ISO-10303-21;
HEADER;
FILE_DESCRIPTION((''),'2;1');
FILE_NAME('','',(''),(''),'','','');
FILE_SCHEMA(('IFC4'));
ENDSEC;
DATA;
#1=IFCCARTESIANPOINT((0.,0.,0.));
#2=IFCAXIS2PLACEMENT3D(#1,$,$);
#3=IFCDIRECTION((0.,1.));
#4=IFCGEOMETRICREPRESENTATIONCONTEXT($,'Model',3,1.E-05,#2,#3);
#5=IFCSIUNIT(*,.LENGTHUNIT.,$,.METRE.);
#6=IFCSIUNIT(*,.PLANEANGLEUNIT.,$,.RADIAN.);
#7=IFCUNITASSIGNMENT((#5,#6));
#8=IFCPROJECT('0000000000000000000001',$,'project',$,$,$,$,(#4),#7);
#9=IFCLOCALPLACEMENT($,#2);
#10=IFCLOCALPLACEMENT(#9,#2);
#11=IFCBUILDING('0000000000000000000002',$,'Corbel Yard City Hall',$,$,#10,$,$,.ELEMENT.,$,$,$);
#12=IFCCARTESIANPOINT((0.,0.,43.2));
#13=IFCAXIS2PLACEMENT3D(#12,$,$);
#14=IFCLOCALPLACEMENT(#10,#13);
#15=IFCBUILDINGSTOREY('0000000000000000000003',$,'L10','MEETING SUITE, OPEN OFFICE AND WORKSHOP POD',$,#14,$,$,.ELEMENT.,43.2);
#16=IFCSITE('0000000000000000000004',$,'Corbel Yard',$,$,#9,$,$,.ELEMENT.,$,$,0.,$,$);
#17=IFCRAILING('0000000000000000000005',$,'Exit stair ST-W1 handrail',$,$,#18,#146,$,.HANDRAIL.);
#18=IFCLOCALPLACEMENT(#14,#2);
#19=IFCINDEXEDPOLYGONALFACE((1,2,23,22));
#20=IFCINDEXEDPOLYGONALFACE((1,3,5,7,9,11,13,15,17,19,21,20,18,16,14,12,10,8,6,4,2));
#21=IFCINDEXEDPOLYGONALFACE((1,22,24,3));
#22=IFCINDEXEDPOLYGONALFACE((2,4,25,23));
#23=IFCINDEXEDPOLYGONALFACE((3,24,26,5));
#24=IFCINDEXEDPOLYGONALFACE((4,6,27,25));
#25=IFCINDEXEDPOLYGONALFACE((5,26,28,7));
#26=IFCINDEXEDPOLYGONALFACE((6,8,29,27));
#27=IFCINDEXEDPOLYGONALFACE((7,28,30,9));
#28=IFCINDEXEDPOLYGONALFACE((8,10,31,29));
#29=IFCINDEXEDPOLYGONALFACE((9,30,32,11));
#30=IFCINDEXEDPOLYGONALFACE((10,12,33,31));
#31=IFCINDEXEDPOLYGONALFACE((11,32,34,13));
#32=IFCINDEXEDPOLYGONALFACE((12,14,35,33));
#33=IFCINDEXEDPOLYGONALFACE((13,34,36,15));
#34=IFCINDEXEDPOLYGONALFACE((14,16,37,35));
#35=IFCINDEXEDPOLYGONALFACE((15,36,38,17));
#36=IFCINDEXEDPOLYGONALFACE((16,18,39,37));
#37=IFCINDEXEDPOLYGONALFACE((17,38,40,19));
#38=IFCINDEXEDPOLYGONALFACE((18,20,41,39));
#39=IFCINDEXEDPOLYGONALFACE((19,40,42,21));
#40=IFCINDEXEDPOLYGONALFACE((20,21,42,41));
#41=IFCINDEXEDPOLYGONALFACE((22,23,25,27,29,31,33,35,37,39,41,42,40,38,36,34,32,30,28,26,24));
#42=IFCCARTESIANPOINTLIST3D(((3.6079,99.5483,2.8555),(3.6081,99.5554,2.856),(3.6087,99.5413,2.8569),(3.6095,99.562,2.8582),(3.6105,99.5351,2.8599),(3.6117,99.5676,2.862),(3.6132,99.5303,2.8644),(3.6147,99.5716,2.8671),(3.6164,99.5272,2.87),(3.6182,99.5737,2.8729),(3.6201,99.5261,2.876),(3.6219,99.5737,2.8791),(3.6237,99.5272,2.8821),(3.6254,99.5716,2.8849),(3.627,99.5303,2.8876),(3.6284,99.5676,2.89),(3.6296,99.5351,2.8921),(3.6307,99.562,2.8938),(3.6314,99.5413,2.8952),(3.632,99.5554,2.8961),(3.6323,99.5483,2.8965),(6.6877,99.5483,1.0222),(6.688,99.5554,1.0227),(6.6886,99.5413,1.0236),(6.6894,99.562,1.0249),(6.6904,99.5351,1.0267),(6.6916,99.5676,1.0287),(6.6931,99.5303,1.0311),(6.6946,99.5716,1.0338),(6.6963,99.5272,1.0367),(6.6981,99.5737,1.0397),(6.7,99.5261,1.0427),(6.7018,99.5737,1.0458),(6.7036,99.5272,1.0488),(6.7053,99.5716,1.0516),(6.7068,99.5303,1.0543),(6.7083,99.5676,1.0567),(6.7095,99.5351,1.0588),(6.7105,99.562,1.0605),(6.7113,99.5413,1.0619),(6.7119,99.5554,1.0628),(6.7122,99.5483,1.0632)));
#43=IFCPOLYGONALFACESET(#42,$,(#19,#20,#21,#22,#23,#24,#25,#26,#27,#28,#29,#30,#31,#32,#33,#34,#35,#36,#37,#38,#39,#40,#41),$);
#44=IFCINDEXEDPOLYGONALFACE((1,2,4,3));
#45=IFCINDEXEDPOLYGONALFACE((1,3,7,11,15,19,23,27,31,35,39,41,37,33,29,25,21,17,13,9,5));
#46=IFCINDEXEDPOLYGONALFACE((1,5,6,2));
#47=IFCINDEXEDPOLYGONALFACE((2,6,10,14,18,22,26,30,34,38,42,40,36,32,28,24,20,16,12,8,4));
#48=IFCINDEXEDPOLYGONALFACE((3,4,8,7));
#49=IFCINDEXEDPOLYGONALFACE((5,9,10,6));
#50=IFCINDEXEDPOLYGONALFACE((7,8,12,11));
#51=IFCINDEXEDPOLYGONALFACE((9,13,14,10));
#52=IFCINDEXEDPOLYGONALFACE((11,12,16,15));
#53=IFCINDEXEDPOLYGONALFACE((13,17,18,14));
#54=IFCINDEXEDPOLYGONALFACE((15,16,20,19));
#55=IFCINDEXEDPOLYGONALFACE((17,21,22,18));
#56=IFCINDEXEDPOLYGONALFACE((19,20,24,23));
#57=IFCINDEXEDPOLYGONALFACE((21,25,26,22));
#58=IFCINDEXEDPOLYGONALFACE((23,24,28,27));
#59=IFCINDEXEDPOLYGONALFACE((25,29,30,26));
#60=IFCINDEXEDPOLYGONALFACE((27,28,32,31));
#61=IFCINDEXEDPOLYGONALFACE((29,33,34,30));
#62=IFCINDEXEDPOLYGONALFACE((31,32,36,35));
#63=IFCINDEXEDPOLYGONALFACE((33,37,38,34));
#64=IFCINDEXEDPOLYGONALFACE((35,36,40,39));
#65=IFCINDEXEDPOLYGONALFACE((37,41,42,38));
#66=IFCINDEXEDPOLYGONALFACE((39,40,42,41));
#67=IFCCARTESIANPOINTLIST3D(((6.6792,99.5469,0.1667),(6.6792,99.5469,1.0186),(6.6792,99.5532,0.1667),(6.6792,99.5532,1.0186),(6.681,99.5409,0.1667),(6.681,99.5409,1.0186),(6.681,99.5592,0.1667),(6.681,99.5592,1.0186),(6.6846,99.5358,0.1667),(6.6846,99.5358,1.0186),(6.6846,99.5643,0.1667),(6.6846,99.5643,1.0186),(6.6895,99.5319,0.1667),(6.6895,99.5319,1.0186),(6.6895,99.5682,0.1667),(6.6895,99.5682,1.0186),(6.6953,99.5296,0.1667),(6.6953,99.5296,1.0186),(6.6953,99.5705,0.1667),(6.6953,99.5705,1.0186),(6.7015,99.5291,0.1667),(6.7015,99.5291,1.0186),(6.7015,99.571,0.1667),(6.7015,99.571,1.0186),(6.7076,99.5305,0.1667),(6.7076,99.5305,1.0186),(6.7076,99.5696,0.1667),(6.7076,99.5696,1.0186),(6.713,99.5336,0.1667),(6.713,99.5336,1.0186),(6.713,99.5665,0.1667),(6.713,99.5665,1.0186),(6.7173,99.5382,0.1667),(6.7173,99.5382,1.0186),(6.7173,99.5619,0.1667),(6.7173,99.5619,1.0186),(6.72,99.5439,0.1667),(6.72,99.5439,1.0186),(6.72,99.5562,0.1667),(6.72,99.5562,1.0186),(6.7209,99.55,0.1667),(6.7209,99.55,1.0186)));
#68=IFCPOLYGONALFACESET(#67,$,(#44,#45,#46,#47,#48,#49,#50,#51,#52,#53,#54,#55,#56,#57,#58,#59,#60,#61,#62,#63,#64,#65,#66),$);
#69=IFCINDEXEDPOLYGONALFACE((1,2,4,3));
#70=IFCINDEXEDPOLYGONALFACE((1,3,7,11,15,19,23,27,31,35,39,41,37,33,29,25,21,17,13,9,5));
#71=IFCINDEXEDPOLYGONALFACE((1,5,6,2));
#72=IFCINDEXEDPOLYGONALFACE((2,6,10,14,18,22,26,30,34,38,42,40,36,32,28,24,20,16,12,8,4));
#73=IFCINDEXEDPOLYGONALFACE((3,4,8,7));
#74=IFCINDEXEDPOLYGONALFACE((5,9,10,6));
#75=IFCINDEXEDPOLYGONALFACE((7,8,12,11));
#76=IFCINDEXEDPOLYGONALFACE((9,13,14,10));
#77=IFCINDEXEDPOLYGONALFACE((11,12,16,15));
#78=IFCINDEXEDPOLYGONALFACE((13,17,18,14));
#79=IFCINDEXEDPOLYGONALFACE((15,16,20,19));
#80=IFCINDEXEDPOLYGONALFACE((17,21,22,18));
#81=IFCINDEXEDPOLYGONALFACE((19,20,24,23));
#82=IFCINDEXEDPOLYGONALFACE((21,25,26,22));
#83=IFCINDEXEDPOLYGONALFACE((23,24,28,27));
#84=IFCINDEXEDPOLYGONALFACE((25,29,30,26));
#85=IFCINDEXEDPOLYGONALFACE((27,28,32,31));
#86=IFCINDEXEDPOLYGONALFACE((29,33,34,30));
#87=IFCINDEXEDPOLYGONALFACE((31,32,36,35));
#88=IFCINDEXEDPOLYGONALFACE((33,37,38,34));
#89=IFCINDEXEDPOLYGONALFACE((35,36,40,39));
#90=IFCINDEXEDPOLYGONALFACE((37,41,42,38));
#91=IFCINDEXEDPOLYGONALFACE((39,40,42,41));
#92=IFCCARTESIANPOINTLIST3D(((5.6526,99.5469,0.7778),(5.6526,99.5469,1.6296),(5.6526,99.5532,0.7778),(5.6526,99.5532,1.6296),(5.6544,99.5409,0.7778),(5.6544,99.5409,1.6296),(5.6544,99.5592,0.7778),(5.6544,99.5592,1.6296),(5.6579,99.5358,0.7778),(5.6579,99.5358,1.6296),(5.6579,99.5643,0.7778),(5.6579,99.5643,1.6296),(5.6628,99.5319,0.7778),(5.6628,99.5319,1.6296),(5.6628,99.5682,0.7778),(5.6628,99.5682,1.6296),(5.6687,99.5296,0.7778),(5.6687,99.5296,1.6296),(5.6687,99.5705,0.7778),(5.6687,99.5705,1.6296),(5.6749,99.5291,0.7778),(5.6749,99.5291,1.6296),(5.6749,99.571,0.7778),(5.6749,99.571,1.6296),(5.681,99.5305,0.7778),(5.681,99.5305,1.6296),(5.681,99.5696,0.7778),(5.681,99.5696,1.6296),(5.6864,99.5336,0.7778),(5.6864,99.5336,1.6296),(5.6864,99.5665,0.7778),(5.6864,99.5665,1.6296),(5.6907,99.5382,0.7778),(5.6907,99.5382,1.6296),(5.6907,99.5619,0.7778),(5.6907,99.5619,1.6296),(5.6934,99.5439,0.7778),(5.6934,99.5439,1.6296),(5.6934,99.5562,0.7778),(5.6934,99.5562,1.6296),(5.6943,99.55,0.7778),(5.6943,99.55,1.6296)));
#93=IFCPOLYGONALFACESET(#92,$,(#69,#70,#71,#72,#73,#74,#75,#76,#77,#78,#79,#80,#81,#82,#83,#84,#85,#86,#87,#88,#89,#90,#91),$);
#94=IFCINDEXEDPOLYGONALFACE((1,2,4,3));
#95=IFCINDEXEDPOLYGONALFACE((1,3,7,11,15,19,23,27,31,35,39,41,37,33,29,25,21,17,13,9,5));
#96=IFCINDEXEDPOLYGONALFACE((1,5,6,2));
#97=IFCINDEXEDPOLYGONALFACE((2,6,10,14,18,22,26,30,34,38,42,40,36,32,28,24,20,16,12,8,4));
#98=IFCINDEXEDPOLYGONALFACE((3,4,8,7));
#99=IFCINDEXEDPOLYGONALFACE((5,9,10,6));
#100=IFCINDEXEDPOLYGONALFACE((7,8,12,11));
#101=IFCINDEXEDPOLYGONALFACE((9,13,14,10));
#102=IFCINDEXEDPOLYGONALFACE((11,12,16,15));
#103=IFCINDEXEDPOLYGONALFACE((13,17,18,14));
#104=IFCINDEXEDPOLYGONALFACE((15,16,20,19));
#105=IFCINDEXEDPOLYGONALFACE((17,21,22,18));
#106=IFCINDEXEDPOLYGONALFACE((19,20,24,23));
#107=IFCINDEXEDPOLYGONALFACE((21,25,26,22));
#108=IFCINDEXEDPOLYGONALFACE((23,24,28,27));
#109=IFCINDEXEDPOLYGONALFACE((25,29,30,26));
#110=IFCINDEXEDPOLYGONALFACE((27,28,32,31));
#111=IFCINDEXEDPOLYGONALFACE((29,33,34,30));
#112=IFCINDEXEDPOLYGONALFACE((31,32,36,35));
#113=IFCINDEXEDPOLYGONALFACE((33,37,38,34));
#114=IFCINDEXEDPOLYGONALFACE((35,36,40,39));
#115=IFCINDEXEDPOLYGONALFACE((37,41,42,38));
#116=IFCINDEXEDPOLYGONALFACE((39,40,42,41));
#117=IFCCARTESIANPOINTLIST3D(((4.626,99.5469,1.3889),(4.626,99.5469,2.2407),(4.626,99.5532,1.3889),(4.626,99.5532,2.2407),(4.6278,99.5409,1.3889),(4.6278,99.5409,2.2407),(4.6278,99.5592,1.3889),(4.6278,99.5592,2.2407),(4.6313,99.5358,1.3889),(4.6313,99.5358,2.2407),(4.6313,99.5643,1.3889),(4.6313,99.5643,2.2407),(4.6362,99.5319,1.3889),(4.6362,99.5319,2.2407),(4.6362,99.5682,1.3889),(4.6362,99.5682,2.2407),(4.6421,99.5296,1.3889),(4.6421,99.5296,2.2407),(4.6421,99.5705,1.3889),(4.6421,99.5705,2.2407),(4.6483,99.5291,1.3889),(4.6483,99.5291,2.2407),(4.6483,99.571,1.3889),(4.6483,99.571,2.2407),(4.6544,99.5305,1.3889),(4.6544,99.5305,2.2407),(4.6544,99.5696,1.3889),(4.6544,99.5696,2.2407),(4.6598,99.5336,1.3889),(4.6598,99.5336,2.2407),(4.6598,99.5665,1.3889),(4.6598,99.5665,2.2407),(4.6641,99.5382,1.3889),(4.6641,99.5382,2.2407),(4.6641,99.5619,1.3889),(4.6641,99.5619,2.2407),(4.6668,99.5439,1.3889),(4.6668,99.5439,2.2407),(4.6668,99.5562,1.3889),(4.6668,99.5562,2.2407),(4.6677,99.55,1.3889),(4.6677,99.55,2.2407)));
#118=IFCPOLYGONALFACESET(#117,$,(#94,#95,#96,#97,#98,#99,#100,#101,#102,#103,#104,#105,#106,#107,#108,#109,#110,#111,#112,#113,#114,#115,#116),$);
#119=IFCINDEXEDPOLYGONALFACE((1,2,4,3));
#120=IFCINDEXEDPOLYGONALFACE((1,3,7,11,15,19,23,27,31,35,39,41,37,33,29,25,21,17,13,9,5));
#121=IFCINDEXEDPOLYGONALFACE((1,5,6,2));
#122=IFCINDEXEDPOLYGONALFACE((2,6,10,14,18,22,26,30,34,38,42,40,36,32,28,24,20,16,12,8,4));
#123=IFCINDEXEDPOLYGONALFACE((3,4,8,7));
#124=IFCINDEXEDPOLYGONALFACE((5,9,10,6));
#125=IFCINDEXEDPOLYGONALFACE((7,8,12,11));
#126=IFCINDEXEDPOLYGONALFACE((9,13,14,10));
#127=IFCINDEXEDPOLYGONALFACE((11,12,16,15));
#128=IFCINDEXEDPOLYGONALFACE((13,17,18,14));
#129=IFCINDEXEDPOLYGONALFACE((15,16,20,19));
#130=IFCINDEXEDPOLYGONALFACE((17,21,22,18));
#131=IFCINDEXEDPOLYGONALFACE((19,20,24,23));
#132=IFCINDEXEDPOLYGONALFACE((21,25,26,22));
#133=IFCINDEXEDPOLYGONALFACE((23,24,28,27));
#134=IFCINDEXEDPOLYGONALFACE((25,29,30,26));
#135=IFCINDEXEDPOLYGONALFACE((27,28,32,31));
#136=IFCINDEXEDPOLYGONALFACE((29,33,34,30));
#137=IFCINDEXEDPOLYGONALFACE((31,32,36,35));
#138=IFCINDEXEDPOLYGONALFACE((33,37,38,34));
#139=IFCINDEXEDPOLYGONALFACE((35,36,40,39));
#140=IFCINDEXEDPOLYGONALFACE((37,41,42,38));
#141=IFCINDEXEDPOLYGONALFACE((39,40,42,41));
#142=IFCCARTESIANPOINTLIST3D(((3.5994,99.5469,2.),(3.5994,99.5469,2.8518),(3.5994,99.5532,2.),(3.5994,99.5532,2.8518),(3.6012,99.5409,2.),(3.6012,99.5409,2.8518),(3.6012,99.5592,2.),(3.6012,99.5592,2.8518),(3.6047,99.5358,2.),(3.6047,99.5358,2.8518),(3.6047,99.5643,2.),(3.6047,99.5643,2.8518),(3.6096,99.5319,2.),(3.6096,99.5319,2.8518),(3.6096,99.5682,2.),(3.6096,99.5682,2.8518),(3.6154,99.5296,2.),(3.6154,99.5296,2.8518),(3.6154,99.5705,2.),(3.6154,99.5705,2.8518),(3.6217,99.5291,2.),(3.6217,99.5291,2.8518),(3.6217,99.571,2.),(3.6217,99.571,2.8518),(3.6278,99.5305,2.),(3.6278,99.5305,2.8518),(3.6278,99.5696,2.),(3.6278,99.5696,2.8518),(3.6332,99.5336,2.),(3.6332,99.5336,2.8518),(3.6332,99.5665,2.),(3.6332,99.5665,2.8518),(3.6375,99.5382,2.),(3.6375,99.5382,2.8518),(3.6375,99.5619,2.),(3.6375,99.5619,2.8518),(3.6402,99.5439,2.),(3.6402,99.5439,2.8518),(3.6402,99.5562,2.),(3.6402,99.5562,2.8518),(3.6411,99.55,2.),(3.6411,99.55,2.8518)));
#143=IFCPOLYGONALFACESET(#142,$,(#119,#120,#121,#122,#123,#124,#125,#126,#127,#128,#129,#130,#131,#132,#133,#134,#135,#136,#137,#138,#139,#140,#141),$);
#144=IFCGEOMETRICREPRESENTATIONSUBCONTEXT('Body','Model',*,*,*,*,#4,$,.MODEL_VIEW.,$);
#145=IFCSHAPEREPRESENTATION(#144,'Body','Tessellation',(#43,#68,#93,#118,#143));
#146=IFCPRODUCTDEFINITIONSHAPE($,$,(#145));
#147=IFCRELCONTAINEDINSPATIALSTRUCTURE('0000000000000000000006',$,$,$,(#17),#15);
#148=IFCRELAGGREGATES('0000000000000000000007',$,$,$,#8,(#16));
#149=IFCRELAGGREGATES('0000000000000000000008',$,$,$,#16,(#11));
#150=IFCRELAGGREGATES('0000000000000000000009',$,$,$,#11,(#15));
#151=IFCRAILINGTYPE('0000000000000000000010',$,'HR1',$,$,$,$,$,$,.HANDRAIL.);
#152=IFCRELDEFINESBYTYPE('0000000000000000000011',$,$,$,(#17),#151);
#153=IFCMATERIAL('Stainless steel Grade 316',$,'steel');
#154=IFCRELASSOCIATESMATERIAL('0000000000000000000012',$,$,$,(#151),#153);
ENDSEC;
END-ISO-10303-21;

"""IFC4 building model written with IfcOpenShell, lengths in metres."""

from ifc_helpers import new_model, si_unit, direction, frame, origin, origin_2d, place, context, subcontext, project, spatial, circle, extrude, material, type_object, element, save


model = new_model("IFC4")

# Units and contexts
model_context = context("Model", 3, precision=1e-05, world=origin(), true_north=direction((0.0, 1.0)))
body_context = subcontext(model_context, "Body", "Model", "MODEL_VIEW")
ifc_project = project(units=[si_unit("LENGTHUNIT", "METRE"), si_unit("PLANEANGLEUNIT", "RADIAN")], contexts=[model_context])

# Site, building, storey
site_placement = place(None, origin())
site = spatial("IfcSite", under=ifc_project, at=site_placement, Name="Corbel Yard", CompositionType="ELEMENT", RefElevation=0.0)
building_placement = place(site_placement, origin())
building = spatial("IfcBuilding", under=site, at=building_placement, Name="Corbel Yard City Hall", CompositionType="ELEMENT")
storey_placement = place(building_placement, frame((0.0, 0.0, 43.2)))
storey = spatial("IfcBuildingStorey", under=building, at=storey_placement, Name="L10", Description="MEETING SUITE, OPEN OFFICE AND WORKSHOP POD", CompositionType="ELEMENT", Elevation=43.2)

# Railing
ifc_material_1 = material(Name="Stainless steel Grade 316", Category="steel")
railing_type = type_object("IfcRailingType", Name="HR1", PredefinedType="HANDRAIL", material=ifc_material_1)
for number, where, name in (
    (1, (6.7, 99.55, 0.1667), "Exit stair ST-W1 handrail"),
):
    element("IfcRailing", number, at=place(storey_placement, frame(where)), inside=storey, type_object=railing_type, Name=name, PredefinedType="HANDRAIL", context=body_context, shape_type="SweptSolid", body=[
        extrude(circle(Radius=0.0239, at=origin_2d()), frame((0.0, 0.0, 0.876), z_axis=(-0.859291, 0.0, 0.511487), x_axis=(0.0, -1.0, 0.0)), (0.0, 0.0, 1.0), 3.5842),
        extrude(circle(Radius=0.021, at=origin_2d()), origin(), (0.0, 0.0, 1.0), 0.8518),
        extrude(circle(Radius=0.021, at=origin_2d()), frame((-1.0266, 0.0, 0.6111)), (0.0, 0.0, 1.0), 0.8518),
        extrude(circle(Radius=0.021, at=origin_2d()), frame((-2.0532, 0.0, 1.2222)), (0.0, 0.0, 1.0), 0.8518),
        extrude(circle(Radius=0.021, at=origin_2d()), frame((-3.0798, 0.0, 1.8333)), (0.0, 0.0, 1.0), 0.8518),
    ])

save(model, "model.ifc")
